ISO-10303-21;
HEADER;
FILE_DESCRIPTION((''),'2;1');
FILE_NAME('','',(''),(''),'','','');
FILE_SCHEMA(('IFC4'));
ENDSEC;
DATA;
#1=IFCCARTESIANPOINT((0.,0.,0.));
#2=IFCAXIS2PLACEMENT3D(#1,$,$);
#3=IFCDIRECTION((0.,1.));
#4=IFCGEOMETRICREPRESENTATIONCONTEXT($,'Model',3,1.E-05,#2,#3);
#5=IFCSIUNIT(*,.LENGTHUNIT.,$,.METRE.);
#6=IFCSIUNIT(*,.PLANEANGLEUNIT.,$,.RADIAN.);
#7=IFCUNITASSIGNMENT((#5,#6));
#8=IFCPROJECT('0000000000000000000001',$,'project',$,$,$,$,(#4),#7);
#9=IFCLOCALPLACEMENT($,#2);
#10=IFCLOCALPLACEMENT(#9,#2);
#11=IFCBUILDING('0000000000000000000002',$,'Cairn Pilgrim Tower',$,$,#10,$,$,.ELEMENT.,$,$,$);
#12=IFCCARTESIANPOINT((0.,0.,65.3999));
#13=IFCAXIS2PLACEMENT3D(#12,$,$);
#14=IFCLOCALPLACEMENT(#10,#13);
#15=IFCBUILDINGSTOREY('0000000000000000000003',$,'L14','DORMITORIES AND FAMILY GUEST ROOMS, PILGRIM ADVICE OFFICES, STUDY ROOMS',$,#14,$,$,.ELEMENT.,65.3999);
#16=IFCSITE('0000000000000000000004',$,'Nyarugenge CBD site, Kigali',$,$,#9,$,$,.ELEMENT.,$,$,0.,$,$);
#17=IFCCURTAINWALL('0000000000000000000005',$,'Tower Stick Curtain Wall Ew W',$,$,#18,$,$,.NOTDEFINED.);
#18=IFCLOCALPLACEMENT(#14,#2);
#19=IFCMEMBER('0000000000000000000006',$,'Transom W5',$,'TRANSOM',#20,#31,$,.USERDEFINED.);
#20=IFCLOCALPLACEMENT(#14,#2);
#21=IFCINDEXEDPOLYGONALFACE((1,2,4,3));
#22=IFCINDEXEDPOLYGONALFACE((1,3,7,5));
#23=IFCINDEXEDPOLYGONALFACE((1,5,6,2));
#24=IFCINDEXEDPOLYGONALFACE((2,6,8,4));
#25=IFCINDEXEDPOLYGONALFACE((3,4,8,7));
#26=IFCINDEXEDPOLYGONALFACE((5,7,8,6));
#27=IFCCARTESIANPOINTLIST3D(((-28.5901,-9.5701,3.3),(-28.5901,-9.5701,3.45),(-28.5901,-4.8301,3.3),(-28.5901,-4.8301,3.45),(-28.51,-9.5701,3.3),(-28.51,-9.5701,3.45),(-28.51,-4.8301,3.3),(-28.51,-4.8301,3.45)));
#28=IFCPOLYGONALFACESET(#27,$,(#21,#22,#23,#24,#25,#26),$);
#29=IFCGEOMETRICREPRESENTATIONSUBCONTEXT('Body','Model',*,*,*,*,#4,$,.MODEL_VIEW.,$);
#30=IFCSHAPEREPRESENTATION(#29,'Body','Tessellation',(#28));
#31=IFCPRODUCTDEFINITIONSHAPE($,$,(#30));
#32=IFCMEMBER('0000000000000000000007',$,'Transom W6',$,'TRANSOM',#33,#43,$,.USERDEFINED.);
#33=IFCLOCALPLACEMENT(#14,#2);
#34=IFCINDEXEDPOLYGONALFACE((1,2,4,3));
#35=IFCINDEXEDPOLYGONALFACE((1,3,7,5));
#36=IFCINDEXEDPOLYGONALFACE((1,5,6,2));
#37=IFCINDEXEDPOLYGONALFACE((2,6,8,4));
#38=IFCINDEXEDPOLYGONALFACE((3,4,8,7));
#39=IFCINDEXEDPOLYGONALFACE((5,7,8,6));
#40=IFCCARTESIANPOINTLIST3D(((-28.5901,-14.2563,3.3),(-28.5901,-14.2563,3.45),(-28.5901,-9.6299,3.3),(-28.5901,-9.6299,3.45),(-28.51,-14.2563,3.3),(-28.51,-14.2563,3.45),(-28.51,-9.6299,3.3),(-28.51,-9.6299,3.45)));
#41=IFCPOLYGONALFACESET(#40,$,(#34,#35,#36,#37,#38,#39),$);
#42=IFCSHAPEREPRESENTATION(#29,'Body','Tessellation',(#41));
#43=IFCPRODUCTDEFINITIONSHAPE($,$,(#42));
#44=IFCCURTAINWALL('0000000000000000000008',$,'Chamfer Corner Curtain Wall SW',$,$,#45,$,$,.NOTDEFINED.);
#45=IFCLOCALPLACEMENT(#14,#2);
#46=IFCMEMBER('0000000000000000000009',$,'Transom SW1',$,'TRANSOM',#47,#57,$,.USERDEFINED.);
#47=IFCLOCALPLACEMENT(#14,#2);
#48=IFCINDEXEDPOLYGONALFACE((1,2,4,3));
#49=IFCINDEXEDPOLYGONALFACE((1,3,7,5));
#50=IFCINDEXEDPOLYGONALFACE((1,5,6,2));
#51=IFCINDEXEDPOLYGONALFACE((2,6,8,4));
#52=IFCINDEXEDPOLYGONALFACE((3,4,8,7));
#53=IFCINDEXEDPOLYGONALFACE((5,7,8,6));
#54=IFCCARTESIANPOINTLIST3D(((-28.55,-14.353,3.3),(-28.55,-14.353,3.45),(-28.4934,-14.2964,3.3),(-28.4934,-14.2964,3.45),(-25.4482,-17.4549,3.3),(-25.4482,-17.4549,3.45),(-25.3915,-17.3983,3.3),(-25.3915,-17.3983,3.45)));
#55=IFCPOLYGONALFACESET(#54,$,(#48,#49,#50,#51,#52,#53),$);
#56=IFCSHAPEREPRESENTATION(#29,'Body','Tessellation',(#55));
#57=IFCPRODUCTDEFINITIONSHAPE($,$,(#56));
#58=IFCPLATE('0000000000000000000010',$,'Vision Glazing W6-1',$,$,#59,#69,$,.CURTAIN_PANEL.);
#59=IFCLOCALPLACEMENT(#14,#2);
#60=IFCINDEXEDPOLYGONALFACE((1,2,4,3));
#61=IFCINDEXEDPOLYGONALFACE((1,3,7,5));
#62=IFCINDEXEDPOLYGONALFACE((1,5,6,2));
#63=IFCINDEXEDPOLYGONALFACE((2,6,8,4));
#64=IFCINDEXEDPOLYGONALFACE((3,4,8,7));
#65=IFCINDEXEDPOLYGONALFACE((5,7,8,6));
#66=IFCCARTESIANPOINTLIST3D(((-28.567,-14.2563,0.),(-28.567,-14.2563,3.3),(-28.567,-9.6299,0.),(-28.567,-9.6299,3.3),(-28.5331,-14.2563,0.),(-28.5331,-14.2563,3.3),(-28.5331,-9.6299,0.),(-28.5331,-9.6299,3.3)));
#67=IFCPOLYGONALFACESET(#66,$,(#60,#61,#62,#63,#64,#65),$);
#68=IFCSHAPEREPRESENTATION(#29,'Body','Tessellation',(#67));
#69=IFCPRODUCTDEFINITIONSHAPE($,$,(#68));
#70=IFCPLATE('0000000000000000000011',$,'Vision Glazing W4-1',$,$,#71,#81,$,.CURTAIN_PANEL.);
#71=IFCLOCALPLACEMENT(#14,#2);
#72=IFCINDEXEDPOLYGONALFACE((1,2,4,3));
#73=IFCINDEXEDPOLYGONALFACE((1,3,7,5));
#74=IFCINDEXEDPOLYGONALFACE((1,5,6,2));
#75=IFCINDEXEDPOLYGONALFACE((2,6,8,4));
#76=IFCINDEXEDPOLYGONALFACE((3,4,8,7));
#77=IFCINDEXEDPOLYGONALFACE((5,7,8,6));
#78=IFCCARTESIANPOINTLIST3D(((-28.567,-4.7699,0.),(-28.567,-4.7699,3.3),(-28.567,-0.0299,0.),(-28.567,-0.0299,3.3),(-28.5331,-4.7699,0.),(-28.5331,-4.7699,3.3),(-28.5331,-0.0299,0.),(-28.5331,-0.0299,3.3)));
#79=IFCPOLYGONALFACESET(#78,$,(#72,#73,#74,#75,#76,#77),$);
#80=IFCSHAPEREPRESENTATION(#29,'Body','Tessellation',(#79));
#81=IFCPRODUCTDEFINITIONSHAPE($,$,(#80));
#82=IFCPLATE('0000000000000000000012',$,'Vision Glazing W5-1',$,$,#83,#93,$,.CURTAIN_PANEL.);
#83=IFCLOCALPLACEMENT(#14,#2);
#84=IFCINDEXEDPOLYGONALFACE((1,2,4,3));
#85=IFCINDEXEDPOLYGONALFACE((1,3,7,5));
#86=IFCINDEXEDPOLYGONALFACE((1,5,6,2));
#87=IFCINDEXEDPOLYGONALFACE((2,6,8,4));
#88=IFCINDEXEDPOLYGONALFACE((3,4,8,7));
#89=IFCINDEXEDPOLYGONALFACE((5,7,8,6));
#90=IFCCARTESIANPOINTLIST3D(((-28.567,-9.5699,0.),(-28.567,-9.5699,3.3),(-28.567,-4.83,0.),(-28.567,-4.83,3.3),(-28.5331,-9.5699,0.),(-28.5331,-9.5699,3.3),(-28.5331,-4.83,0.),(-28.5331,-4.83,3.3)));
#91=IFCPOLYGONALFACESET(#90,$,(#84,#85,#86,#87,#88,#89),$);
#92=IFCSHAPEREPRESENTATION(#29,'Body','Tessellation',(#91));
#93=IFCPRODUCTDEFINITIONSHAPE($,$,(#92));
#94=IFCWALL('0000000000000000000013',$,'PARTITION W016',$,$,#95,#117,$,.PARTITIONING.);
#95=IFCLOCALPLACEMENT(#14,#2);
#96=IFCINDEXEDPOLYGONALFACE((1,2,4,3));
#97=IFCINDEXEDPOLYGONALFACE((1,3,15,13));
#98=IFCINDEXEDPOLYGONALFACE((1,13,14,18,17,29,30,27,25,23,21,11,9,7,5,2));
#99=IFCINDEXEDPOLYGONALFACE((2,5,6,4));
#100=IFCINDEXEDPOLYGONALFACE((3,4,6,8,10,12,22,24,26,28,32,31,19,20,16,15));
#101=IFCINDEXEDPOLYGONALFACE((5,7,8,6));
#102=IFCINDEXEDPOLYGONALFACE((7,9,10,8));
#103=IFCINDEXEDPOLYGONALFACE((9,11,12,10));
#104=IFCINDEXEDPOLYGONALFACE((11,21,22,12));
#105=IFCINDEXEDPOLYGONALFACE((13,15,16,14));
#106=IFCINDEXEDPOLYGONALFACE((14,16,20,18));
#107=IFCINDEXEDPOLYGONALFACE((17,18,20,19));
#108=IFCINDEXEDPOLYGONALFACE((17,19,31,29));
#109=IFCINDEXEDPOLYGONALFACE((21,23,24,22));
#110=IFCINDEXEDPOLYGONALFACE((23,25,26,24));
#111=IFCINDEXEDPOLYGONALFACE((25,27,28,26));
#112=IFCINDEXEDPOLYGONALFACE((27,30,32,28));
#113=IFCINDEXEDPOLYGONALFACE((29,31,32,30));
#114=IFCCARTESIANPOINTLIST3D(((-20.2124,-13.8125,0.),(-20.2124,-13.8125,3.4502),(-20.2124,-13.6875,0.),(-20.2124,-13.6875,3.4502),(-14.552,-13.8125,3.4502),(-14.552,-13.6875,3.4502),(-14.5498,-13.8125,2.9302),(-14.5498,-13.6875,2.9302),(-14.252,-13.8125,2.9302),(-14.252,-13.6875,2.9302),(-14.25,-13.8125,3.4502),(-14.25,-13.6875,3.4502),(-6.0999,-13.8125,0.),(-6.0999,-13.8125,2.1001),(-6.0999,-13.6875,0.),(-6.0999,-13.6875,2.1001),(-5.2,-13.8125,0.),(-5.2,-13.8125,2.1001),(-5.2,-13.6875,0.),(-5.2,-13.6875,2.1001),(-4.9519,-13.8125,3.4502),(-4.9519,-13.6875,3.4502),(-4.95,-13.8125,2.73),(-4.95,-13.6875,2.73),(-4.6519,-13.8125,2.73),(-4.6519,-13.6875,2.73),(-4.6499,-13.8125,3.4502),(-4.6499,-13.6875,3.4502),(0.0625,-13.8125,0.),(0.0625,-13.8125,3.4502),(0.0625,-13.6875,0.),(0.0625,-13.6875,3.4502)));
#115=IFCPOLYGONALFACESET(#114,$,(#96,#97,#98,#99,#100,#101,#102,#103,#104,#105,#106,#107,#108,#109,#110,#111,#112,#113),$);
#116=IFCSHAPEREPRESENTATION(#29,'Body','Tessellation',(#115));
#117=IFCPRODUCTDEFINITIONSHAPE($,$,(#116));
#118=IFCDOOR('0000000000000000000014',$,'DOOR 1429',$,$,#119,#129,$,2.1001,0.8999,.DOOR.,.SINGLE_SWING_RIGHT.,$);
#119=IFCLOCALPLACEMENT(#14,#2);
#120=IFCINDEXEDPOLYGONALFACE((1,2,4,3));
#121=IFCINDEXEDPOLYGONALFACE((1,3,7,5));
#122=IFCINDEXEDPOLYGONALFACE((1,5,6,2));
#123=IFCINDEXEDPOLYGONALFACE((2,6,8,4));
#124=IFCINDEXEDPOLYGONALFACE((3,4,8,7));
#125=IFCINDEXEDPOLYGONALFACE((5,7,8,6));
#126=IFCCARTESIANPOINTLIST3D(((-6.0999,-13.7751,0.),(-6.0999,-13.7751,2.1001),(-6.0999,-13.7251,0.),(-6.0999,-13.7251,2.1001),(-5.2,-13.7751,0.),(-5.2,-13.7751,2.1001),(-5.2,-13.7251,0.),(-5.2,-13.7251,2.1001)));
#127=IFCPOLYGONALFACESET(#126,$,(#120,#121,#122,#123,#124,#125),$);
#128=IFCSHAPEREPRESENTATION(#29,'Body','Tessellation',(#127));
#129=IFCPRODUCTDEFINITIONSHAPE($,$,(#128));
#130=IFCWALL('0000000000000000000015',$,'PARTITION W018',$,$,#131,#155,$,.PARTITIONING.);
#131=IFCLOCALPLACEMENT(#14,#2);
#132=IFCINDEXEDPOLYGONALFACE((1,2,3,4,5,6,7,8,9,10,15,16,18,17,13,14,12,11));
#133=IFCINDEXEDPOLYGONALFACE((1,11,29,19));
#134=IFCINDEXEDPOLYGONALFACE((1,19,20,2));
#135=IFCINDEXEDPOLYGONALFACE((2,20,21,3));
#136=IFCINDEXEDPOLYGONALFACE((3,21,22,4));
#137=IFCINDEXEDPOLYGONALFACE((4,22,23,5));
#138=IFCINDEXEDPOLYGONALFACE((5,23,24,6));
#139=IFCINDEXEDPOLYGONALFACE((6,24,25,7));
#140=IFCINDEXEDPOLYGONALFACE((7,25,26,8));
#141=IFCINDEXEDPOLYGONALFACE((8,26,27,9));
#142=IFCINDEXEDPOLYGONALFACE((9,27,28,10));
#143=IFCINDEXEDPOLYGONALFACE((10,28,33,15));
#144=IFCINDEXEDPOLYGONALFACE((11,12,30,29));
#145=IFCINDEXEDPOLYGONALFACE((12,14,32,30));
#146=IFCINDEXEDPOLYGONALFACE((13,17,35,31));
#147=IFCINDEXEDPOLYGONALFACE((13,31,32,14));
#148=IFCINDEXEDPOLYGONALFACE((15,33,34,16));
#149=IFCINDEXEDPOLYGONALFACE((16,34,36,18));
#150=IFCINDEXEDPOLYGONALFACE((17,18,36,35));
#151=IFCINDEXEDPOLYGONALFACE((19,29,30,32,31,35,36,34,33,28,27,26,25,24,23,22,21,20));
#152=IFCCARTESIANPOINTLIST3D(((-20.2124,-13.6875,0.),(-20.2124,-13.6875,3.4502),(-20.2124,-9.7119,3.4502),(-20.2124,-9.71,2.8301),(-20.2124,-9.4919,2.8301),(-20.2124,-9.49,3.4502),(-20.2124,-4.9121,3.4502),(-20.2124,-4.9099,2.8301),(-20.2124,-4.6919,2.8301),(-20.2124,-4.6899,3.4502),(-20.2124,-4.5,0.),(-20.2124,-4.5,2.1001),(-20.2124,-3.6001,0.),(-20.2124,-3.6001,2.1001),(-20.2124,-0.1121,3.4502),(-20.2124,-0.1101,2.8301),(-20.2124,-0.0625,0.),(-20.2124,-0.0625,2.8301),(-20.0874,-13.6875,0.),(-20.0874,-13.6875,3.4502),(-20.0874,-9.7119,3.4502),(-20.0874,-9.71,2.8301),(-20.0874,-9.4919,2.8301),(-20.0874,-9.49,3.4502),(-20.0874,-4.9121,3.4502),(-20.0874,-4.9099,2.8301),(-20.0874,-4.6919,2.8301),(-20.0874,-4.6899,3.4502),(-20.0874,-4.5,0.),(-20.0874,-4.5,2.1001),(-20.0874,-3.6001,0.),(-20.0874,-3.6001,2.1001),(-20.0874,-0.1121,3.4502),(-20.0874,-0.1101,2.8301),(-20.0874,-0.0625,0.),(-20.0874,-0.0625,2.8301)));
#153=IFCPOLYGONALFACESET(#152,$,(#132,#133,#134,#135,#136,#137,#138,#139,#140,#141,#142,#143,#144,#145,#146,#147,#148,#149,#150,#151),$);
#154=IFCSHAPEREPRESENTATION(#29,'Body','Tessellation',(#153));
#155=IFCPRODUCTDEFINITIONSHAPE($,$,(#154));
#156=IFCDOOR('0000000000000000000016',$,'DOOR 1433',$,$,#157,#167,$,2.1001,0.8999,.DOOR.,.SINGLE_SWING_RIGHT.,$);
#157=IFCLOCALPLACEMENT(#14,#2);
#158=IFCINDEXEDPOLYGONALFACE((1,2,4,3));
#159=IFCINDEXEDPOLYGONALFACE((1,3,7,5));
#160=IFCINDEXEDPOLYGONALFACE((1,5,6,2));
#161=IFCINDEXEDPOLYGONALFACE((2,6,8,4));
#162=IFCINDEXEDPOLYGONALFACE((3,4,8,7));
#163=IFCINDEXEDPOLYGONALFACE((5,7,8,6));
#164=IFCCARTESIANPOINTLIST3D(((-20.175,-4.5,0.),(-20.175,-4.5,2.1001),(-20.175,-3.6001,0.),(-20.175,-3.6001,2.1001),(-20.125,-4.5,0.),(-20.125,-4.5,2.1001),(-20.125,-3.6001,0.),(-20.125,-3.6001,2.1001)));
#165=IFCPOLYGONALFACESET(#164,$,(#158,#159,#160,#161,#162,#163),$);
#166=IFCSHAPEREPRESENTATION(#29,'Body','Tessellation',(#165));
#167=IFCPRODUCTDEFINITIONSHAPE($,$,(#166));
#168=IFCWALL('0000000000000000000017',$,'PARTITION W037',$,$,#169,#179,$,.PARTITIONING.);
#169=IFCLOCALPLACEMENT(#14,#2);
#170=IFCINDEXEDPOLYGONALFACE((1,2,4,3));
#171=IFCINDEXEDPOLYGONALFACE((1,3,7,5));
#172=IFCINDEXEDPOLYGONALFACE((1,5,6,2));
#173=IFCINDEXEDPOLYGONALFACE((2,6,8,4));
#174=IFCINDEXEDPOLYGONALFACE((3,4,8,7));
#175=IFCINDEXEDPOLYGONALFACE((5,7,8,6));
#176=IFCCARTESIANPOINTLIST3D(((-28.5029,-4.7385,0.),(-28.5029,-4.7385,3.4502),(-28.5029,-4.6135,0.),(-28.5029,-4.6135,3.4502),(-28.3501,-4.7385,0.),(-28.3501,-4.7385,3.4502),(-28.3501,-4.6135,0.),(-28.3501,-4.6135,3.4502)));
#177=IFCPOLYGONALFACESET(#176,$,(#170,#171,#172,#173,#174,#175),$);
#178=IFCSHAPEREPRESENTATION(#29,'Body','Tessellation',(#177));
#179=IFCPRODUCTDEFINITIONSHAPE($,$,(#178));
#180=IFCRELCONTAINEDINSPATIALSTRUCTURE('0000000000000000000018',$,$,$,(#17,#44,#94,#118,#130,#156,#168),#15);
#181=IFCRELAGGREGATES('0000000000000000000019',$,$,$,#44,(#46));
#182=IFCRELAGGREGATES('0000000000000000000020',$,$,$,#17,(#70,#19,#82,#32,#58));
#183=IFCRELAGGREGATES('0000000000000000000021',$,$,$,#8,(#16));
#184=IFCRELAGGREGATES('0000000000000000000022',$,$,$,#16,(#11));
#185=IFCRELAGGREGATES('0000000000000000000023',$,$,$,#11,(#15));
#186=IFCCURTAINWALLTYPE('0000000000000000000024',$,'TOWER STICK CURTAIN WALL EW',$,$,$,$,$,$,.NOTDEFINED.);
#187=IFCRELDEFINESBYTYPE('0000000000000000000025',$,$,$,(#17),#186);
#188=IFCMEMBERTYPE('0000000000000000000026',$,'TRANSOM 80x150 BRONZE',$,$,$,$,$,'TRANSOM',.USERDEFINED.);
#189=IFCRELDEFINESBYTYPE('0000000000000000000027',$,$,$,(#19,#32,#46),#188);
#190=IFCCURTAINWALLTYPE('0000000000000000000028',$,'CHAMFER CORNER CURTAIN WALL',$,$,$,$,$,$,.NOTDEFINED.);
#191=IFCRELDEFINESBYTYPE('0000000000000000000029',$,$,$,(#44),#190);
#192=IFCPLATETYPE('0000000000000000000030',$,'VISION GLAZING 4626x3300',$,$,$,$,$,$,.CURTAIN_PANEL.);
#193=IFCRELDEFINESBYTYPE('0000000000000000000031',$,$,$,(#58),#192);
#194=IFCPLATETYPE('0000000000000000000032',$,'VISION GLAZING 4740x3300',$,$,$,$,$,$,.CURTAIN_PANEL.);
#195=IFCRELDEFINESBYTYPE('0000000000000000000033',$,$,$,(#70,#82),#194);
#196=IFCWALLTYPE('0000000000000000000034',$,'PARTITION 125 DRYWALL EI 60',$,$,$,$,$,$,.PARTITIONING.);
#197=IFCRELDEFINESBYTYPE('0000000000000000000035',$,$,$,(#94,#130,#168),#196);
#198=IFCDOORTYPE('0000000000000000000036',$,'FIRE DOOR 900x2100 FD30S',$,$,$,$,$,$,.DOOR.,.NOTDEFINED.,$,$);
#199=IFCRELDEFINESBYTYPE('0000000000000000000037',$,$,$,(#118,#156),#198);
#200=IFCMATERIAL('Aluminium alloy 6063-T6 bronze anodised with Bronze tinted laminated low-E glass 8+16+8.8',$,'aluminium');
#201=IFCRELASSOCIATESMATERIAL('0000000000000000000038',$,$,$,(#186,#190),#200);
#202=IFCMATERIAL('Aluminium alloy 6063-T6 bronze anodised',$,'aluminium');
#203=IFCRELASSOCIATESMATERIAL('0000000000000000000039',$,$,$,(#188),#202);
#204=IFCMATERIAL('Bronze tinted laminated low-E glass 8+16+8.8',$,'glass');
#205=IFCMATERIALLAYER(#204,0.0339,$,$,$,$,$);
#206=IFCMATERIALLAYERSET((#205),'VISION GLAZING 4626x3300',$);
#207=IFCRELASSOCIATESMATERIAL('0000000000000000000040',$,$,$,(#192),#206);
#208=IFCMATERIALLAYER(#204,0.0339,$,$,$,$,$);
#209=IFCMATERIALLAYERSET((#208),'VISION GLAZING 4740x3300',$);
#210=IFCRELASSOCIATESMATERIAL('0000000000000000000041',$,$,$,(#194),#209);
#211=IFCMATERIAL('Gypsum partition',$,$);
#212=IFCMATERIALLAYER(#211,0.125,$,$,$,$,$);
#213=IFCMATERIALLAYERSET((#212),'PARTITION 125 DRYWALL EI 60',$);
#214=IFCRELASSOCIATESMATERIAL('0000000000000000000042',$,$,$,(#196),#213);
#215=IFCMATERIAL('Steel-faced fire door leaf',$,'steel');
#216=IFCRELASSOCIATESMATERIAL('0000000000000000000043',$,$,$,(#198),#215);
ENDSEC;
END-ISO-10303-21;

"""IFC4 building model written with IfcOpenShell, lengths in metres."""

from ifc_helpers import new_model, si_unit, direction, frame, frame_2d, origin, origin_2d, place, context, subcontext, project, spatial, polyline, rectangle, outline, extrude, material, layer, layer_set, material_profile, profile_set, type_object, element, fill, aggregate, save


model = new_model("IFC4")

# Units and contexts
model_context = context("Model", 3, precision=1e-05, world=origin(), true_north=direction((0.0, 1.0)))
body_context = subcontext(model_context, "Body", "Model", "MODEL_VIEW")
ifc_project = project(units=[si_unit("LENGTHUNIT", "METRE"), si_unit("PLANEANGLEUNIT", "RADIAN")], contexts=[model_context])

# Site, building, storey
site_placement = place(None, origin())
site = spatial("IfcSite", under=ifc_project, at=site_placement, Name="Nyarugenge CBD site, Kigali", CompositionType="ELEMENT", RefElevation=0.0)
building_placement = place(site_placement, origin())
building = spatial("IfcBuilding", under=site, at=building_placement, Name="Cairn Pilgrim Tower", CompositionType="ELEMENT")
storey_placement = place(building_placement, frame((0.0, 0.0, 65.3999)))
storey = spatial("IfcBuildingStorey", under=building, at=storey_placement, Name="L14", Description="DORMITORIES AND FAMILY GUEST ROOMS, PILGRIM ADVICE OFFICES, STUDY ROOMS", CompositionType="ELEMENT", Elevation=65.3999)

# Curtain wall
ifc_material_1 = material(Name="Aluminium alloy 6063-T6 bronze anodised with Bronze tinted laminated low-E glass 8+16+8.8", Category="aluminium")
curtain_wall_type_1 = type_object("IfcCurtainWallType", Name="TOWER STICK CURTAIN WALL EW", PredefinedType="NOTDEFINED", material=ifc_material_1)
curtain_wall_1_placement = place(storey_placement, origin())
curtain_wall_1 = element("IfcCurtainWall", 1, at=curtain_wall_1_placement, inside=storey, type_object=curtain_wall_type_1, Name="Tower Stick Curtain Wall Ew W", PredefinedType="NOTDEFINED")
ifc_material_2 = material(Name="Aluminium alloy 6063-T6 bronze anodised", Category="aluminium")

# Members
ifc_material_profile_1 = material_profile(ifc_material_2, rectangle(XDim=0.0801, YDim=0.1499, at=origin_2d()), Name="TRANSOM 80x150 BRONZE")
ifc_profile_set_1 = profile_set([ifc_material_profile_1], Name="Aluminium alloy 6063-T6 bronze anodised")
member_type_1 = type_object("IfcMemberType", Name="TRANSOM 80x150 BRONZE", ElementType="TRANSOM", PredefinedType="USERDEFINED", material=ifc_profile_set_1)
member_1_placement = place(storey_placement, frame((-28.55, -4.8301, 3.375), z_axis=(0.0, -1.0, 0.0), x_axis=(1.0, 0.0, 0.0)))
member_1 = element("IfcMember", 2, at=member_1_placement, type_object=member_type_1, Name="Transom W5", ObjectType="TRANSOM", PredefinedType="USERDEFINED", context=body_context, shape_type="SweptSolid", body=[
    extrude(rectangle(XDim=0.0801, YDim=0.1499, at=origin_2d()), origin(), (0.0, 0.0, 1.0), 4.74),
])
member_2_placement = place(storey_placement, frame((-28.55, -9.6299, 3.375), z_axis=(0.0, -1.0, 0.0), x_axis=(1.0, 0.0, 0.0)))
member_2 = element("IfcMember", 3, at=member_2_placement, type_object=member_type_1, Name="Transom W6", ObjectType="TRANSOM", PredefinedType="USERDEFINED", context=body_context, shape_type="SweptSolid", body=[
    extrude(rectangle(XDim=0.0801, YDim=0.1499, at=origin_2d()), origin(), (0.0, 0.0, 1.0), 4.6265),
])

# Curtain wall, member
curtain_wall_type_2 = type_object("IfcCurtainWallType", Name="CHAMFER CORNER CURTAIN WALL", PredefinedType="NOTDEFINED", material=ifc_material_1)
curtain_wall_2_placement = place(storey_placement, origin())
curtain_wall_2 = element("IfcCurtainWall", 4, at=curtain_wall_2_placement, inside=storey, type_object=curtain_wall_type_2, Name="Chamfer Corner Curtain Wall SW", PredefinedType="NOTDEFINED")
member_3_placement = place(storey_placement, frame((-28.5217, -14.3247, 3.375), z_axis=(0.707107, -0.707107, 0.0), x_axis=(0.707107, 0.707107, 0.0)))
member_3 = element("IfcMember", 5, at=member_3_placement, type_object=member_type_1, Name="Transom SW1", ObjectType="TRANSOM", PredefinedType="USERDEFINED", context=body_context, shape_type="SweptSolid", body=[
    extrude(rectangle(XDim=0.0801, YDim=0.1499, at=origin_2d()), origin(), (0.0, 0.0, 1.0), 4.3867),
])
aggregate(curtain_wall_2, [member_3])

# Plates
ifc_material_3 = material(Name="Bronze tinted laminated low-E glass 8+16+8.8", Category="glass")
ifc_layer_1 = layer(ifc_material_3, 0.0339)
ifc_layer_set_1 = layer_set([ifc_layer_1], Name="VISION GLAZING 4626x3300")
plate_type_1 = type_object("IfcPlateType", Name="VISION GLAZING 4626x3300", PredefinedType="CURTAIN_PANEL", material=ifc_layer_set_1)
plate_1_placement = place(storey_placement, frame((-28.55, -11.9431, 0.0), z_axis=(0.0, 0.0, 1.0), x_axis=(0.0, -1.0, 0.0)))
plate_1 = element("IfcPlate", 6, at=plate_1_placement, type_object=plate_type_1, Name="Vision Glazing W6-1", PredefinedType="CURTAIN_PANEL", context=body_context, shape_type="SweptSolid", body=[
    extrude(rectangle(XDim=4.6265, YDim=0.0339, at=origin_2d()), origin(), (0.0, 0.0, 1.0), 3.3),
])
ifc_layer_2 = layer(ifc_material_3, 0.0339)
ifc_layer_set_2 = layer_set([ifc_layer_2], Name="VISION GLAZING 4740x3300")
plate_type_2 = type_object("IfcPlateType", Name="VISION GLAZING 4740x3300", PredefinedType="CURTAIN_PANEL", material=ifc_layer_set_2)
plate_2_placement = place(storey_placement, frame((-28.55, -2.3999, 0.0), z_axis=(0.0, 0.0, 1.0), x_axis=(0.0, -1.0, 0.0)))
plate_2 = element("IfcPlate", 7, at=plate_2_placement, type_object=plate_type_2, Name="Vision Glazing W4-1", PredefinedType="CURTAIN_PANEL", context=body_context, shape_type="SweptSolid", body=[
    extrude(rectangle(XDim=4.74, YDim=0.0339, at=origin_2d()), origin(), (0.0, 0.0, 1.0), 3.3),
])
plate_3_placement = place(storey_placement, frame((-28.55, -7.2, 0.0), z_axis=(0.0, 0.0, 1.0), x_axis=(0.0, -1.0, 0.0)))
plate_3 = element("IfcPlate", 8, at=plate_3_placement, type_object=plate_type_2, Name="Vision Glazing W5-1", PredefinedType="CURTAIN_PANEL", context=body_context, shape_type="SweptSolid", body=[
    extrude(rectangle(XDim=4.74, YDim=0.0339, at=origin_2d()), origin(), (0.0, 0.0, 1.0), 3.3),
])
aggregate(curtain_wall_1, [plate_2, member_1, plate_3, member_2, plate_1])

# Walls, openings, doors
ifc_material_4 = material(Name="Gypsum partition")
ifc_layer_3 = layer(ifc_material_4, 0.125)
ifc_layer_set_3 = layer_set([ifc_layer_3], Name="PARTITION 125 DRYWALL EI 60")
wall_type_1 = type_object("IfcWallType", Name="PARTITION 125 DRYWALL EI 60", PredefinedType="PARTITIONING", material=ifc_layer_set_3)
wall_1_placement = place(storey_placement, frame((-20.2124, -13.75, 0.0), z_axis=(0.0, 0.0, 1.0), x_axis=(1.0, 0.0, 0.0)))
wall_1 = element("IfcWall", 9, at=wall_1_placement, inside=storey, type_object=wall_type_1, Name="PARTITION W016", PredefinedType="PARTITIONING", context=body_context, shape_type="SweptSolid", body=[
    extrude(outline(polyline([(0.0, 0.0), (20.2749, 0.0), (20.2749, 3.4502), (15.5625, 3.4502), (15.5605, 2.73), (15.2625, 2.73), (15.2605, 3.4502), (5.9624, 3.4502), (5.9604, 2.9302), (5.6626, 2.9302), (5.6604, 3.4502), (0.0, 3.4502), (0.0, 0.0)])), frame((0.0, 0.0625, 0.0), z_axis=(0.0, -1.0, 0.0), x_axis=(1.0, 0.0, 0.0)), (0.0, 0.0, 1.0), 0.125),
])
opening_1_placement = place(wall_1_placement, frame((14.1125, 0.0, 0.0)))
opening_1 = element("IfcOpeningElement", 10, at=opening_1_placement, cuts=wall_1, PredefinedType="OPENING", context=body_context, shape_type="SweptSolid", body=[
    extrude(rectangle(XDim=0.8999, YDim=2.1001, at=frame_2d((0.45, 1.05))), frame((0.0, 0.0725, 0.0), z_axis=(0.0, -1.0, 0.0), x_axis=(1.0, 0.0, 0.0)), (0.0, 0.0, 1.0), 0.145),
])
ifc_material_5 = material(Name="Steel-faced fire door leaf", Category="steel")
door_type = type_object("IfcDoorType", Name="FIRE DOOR 900x2100 FD30S", OperationType="NOTDEFINED", PredefinedType="DOOR", material=ifc_material_5)
door_1_placement = place(opening_1_placement, origin())
door_1 = element("IfcDoor", 11, at=door_1_placement, inside=storey, type_object=door_type, Name="DOOR 1429", OperationType="SINGLE_SWING_RIGHT", OverallHeight=2.1001, OverallWidth=0.8999, PredefinedType="DOOR", context=body_context, shape_type="SweptSolid", body=[
    extrude(rectangle(XDim=0.8999, YDim=2.1001, at=frame_2d((0.45, 1.05))), frame((0.0, 0.0249, 0.0), z_axis=(0.0, -1.0, 0.0), x_axis=(1.0, 0.0, 0.0)), (0.0, 0.0, 1.0), 0.05),
])
fill(opening_1, door_1)
wall_2_placement = place(storey_placement, frame((-20.1499, -13.6875, 0.0), z_axis=(0.0, 0.0, 1.0), x_axis=(0.0, 1.0, 0.0)))
wall_2 = element("IfcWall", 12, at=wall_2_placement, inside=storey, type_object=wall_type_1, Name="PARTITION W018", PredefinedType="PARTITIONING", context=body_context, shape_type="SweptSolid", body=[
    extrude(outline(polyline([(0.0, 0.0), (13.625, 0.0), (13.625, 2.8301), (13.5774, 2.8301), (13.5754, 3.4502), (8.9976, 3.4502), (8.9956, 2.8301), (8.7776, 2.8301), (8.7754, 3.4502), (4.1975, 3.4502), (4.1956, 2.8301), (3.9775, 2.8301), (3.9756, 3.4502), (0.0, 3.4502), (0.0, 0.0)])), frame((0.0, 0.0625, 0.0), z_axis=(0.0, -1.0, 0.0), x_axis=(1.0, 0.0, 0.0)), (0.0, 0.0, 1.0), 0.125),
])
opening_2_placement = place(wall_2_placement, frame((9.1875, 0.0, 0.0)))
opening_2 = element("IfcOpeningElement", 13, at=opening_2_placement, cuts=wall_2, PredefinedType="OPENING", context=body_context, shape_type="SweptSolid", body=[
    extrude(rectangle(XDim=0.8999, YDim=2.1001, at=frame_2d((0.45, 1.05))), frame((0.0, 0.0725, 0.0), z_axis=(0.0, -1.0, 0.0), x_axis=(1.0, 0.0, 0.0)), (0.0, 0.0, 1.0), 0.145),
])
door_2_placement = place(opening_2_placement, frame((0.8999, 0.0, 0.0), z_axis=(0.0, 0.0, 1.0), x_axis=(-1.0, 0.0, 0.0)))
door_2 = element("IfcDoor", 14, at=door_2_placement, inside=storey, type_object=door_type, Name="DOOR 1433", OperationType="SINGLE_SWING_RIGHT", OverallHeight=2.1001, OverallWidth=0.8999, PredefinedType="DOOR", context=body_context, shape_type="SweptSolid", body=[
    extrude(rectangle(XDim=0.8999, YDim=2.1001, at=frame_2d((0.45, 1.05))), frame((0.0, 0.0249, 0.0), z_axis=(0.0, -1.0, 0.0), x_axis=(1.0, 0.0, 0.0)), (0.0, 0.0, 1.0), 0.05),
])
fill(opening_2, door_2)

# Wall
wall_3_placement = place(storey_placement, frame((-28.5029, -4.676, 0.0), z_axis=(0.0, 0.0, 1.0), x_axis=(1.0, 0.0, 0.0)))
element("IfcWall", 15, at=wall_3_placement, inside=storey, type_object=wall_type_1, Name="PARTITION W037", PredefinedType="PARTITIONING", context=body_context, shape_type="SweptSolid", body=[
    extrude(rectangle(XDim=0.1528, YDim=0.125, at=frame_2d((0.0764, 0.0))), origin(), (0.0, 0.0, 1.0), 3.4502),
])

save(model, "model.ifc")
